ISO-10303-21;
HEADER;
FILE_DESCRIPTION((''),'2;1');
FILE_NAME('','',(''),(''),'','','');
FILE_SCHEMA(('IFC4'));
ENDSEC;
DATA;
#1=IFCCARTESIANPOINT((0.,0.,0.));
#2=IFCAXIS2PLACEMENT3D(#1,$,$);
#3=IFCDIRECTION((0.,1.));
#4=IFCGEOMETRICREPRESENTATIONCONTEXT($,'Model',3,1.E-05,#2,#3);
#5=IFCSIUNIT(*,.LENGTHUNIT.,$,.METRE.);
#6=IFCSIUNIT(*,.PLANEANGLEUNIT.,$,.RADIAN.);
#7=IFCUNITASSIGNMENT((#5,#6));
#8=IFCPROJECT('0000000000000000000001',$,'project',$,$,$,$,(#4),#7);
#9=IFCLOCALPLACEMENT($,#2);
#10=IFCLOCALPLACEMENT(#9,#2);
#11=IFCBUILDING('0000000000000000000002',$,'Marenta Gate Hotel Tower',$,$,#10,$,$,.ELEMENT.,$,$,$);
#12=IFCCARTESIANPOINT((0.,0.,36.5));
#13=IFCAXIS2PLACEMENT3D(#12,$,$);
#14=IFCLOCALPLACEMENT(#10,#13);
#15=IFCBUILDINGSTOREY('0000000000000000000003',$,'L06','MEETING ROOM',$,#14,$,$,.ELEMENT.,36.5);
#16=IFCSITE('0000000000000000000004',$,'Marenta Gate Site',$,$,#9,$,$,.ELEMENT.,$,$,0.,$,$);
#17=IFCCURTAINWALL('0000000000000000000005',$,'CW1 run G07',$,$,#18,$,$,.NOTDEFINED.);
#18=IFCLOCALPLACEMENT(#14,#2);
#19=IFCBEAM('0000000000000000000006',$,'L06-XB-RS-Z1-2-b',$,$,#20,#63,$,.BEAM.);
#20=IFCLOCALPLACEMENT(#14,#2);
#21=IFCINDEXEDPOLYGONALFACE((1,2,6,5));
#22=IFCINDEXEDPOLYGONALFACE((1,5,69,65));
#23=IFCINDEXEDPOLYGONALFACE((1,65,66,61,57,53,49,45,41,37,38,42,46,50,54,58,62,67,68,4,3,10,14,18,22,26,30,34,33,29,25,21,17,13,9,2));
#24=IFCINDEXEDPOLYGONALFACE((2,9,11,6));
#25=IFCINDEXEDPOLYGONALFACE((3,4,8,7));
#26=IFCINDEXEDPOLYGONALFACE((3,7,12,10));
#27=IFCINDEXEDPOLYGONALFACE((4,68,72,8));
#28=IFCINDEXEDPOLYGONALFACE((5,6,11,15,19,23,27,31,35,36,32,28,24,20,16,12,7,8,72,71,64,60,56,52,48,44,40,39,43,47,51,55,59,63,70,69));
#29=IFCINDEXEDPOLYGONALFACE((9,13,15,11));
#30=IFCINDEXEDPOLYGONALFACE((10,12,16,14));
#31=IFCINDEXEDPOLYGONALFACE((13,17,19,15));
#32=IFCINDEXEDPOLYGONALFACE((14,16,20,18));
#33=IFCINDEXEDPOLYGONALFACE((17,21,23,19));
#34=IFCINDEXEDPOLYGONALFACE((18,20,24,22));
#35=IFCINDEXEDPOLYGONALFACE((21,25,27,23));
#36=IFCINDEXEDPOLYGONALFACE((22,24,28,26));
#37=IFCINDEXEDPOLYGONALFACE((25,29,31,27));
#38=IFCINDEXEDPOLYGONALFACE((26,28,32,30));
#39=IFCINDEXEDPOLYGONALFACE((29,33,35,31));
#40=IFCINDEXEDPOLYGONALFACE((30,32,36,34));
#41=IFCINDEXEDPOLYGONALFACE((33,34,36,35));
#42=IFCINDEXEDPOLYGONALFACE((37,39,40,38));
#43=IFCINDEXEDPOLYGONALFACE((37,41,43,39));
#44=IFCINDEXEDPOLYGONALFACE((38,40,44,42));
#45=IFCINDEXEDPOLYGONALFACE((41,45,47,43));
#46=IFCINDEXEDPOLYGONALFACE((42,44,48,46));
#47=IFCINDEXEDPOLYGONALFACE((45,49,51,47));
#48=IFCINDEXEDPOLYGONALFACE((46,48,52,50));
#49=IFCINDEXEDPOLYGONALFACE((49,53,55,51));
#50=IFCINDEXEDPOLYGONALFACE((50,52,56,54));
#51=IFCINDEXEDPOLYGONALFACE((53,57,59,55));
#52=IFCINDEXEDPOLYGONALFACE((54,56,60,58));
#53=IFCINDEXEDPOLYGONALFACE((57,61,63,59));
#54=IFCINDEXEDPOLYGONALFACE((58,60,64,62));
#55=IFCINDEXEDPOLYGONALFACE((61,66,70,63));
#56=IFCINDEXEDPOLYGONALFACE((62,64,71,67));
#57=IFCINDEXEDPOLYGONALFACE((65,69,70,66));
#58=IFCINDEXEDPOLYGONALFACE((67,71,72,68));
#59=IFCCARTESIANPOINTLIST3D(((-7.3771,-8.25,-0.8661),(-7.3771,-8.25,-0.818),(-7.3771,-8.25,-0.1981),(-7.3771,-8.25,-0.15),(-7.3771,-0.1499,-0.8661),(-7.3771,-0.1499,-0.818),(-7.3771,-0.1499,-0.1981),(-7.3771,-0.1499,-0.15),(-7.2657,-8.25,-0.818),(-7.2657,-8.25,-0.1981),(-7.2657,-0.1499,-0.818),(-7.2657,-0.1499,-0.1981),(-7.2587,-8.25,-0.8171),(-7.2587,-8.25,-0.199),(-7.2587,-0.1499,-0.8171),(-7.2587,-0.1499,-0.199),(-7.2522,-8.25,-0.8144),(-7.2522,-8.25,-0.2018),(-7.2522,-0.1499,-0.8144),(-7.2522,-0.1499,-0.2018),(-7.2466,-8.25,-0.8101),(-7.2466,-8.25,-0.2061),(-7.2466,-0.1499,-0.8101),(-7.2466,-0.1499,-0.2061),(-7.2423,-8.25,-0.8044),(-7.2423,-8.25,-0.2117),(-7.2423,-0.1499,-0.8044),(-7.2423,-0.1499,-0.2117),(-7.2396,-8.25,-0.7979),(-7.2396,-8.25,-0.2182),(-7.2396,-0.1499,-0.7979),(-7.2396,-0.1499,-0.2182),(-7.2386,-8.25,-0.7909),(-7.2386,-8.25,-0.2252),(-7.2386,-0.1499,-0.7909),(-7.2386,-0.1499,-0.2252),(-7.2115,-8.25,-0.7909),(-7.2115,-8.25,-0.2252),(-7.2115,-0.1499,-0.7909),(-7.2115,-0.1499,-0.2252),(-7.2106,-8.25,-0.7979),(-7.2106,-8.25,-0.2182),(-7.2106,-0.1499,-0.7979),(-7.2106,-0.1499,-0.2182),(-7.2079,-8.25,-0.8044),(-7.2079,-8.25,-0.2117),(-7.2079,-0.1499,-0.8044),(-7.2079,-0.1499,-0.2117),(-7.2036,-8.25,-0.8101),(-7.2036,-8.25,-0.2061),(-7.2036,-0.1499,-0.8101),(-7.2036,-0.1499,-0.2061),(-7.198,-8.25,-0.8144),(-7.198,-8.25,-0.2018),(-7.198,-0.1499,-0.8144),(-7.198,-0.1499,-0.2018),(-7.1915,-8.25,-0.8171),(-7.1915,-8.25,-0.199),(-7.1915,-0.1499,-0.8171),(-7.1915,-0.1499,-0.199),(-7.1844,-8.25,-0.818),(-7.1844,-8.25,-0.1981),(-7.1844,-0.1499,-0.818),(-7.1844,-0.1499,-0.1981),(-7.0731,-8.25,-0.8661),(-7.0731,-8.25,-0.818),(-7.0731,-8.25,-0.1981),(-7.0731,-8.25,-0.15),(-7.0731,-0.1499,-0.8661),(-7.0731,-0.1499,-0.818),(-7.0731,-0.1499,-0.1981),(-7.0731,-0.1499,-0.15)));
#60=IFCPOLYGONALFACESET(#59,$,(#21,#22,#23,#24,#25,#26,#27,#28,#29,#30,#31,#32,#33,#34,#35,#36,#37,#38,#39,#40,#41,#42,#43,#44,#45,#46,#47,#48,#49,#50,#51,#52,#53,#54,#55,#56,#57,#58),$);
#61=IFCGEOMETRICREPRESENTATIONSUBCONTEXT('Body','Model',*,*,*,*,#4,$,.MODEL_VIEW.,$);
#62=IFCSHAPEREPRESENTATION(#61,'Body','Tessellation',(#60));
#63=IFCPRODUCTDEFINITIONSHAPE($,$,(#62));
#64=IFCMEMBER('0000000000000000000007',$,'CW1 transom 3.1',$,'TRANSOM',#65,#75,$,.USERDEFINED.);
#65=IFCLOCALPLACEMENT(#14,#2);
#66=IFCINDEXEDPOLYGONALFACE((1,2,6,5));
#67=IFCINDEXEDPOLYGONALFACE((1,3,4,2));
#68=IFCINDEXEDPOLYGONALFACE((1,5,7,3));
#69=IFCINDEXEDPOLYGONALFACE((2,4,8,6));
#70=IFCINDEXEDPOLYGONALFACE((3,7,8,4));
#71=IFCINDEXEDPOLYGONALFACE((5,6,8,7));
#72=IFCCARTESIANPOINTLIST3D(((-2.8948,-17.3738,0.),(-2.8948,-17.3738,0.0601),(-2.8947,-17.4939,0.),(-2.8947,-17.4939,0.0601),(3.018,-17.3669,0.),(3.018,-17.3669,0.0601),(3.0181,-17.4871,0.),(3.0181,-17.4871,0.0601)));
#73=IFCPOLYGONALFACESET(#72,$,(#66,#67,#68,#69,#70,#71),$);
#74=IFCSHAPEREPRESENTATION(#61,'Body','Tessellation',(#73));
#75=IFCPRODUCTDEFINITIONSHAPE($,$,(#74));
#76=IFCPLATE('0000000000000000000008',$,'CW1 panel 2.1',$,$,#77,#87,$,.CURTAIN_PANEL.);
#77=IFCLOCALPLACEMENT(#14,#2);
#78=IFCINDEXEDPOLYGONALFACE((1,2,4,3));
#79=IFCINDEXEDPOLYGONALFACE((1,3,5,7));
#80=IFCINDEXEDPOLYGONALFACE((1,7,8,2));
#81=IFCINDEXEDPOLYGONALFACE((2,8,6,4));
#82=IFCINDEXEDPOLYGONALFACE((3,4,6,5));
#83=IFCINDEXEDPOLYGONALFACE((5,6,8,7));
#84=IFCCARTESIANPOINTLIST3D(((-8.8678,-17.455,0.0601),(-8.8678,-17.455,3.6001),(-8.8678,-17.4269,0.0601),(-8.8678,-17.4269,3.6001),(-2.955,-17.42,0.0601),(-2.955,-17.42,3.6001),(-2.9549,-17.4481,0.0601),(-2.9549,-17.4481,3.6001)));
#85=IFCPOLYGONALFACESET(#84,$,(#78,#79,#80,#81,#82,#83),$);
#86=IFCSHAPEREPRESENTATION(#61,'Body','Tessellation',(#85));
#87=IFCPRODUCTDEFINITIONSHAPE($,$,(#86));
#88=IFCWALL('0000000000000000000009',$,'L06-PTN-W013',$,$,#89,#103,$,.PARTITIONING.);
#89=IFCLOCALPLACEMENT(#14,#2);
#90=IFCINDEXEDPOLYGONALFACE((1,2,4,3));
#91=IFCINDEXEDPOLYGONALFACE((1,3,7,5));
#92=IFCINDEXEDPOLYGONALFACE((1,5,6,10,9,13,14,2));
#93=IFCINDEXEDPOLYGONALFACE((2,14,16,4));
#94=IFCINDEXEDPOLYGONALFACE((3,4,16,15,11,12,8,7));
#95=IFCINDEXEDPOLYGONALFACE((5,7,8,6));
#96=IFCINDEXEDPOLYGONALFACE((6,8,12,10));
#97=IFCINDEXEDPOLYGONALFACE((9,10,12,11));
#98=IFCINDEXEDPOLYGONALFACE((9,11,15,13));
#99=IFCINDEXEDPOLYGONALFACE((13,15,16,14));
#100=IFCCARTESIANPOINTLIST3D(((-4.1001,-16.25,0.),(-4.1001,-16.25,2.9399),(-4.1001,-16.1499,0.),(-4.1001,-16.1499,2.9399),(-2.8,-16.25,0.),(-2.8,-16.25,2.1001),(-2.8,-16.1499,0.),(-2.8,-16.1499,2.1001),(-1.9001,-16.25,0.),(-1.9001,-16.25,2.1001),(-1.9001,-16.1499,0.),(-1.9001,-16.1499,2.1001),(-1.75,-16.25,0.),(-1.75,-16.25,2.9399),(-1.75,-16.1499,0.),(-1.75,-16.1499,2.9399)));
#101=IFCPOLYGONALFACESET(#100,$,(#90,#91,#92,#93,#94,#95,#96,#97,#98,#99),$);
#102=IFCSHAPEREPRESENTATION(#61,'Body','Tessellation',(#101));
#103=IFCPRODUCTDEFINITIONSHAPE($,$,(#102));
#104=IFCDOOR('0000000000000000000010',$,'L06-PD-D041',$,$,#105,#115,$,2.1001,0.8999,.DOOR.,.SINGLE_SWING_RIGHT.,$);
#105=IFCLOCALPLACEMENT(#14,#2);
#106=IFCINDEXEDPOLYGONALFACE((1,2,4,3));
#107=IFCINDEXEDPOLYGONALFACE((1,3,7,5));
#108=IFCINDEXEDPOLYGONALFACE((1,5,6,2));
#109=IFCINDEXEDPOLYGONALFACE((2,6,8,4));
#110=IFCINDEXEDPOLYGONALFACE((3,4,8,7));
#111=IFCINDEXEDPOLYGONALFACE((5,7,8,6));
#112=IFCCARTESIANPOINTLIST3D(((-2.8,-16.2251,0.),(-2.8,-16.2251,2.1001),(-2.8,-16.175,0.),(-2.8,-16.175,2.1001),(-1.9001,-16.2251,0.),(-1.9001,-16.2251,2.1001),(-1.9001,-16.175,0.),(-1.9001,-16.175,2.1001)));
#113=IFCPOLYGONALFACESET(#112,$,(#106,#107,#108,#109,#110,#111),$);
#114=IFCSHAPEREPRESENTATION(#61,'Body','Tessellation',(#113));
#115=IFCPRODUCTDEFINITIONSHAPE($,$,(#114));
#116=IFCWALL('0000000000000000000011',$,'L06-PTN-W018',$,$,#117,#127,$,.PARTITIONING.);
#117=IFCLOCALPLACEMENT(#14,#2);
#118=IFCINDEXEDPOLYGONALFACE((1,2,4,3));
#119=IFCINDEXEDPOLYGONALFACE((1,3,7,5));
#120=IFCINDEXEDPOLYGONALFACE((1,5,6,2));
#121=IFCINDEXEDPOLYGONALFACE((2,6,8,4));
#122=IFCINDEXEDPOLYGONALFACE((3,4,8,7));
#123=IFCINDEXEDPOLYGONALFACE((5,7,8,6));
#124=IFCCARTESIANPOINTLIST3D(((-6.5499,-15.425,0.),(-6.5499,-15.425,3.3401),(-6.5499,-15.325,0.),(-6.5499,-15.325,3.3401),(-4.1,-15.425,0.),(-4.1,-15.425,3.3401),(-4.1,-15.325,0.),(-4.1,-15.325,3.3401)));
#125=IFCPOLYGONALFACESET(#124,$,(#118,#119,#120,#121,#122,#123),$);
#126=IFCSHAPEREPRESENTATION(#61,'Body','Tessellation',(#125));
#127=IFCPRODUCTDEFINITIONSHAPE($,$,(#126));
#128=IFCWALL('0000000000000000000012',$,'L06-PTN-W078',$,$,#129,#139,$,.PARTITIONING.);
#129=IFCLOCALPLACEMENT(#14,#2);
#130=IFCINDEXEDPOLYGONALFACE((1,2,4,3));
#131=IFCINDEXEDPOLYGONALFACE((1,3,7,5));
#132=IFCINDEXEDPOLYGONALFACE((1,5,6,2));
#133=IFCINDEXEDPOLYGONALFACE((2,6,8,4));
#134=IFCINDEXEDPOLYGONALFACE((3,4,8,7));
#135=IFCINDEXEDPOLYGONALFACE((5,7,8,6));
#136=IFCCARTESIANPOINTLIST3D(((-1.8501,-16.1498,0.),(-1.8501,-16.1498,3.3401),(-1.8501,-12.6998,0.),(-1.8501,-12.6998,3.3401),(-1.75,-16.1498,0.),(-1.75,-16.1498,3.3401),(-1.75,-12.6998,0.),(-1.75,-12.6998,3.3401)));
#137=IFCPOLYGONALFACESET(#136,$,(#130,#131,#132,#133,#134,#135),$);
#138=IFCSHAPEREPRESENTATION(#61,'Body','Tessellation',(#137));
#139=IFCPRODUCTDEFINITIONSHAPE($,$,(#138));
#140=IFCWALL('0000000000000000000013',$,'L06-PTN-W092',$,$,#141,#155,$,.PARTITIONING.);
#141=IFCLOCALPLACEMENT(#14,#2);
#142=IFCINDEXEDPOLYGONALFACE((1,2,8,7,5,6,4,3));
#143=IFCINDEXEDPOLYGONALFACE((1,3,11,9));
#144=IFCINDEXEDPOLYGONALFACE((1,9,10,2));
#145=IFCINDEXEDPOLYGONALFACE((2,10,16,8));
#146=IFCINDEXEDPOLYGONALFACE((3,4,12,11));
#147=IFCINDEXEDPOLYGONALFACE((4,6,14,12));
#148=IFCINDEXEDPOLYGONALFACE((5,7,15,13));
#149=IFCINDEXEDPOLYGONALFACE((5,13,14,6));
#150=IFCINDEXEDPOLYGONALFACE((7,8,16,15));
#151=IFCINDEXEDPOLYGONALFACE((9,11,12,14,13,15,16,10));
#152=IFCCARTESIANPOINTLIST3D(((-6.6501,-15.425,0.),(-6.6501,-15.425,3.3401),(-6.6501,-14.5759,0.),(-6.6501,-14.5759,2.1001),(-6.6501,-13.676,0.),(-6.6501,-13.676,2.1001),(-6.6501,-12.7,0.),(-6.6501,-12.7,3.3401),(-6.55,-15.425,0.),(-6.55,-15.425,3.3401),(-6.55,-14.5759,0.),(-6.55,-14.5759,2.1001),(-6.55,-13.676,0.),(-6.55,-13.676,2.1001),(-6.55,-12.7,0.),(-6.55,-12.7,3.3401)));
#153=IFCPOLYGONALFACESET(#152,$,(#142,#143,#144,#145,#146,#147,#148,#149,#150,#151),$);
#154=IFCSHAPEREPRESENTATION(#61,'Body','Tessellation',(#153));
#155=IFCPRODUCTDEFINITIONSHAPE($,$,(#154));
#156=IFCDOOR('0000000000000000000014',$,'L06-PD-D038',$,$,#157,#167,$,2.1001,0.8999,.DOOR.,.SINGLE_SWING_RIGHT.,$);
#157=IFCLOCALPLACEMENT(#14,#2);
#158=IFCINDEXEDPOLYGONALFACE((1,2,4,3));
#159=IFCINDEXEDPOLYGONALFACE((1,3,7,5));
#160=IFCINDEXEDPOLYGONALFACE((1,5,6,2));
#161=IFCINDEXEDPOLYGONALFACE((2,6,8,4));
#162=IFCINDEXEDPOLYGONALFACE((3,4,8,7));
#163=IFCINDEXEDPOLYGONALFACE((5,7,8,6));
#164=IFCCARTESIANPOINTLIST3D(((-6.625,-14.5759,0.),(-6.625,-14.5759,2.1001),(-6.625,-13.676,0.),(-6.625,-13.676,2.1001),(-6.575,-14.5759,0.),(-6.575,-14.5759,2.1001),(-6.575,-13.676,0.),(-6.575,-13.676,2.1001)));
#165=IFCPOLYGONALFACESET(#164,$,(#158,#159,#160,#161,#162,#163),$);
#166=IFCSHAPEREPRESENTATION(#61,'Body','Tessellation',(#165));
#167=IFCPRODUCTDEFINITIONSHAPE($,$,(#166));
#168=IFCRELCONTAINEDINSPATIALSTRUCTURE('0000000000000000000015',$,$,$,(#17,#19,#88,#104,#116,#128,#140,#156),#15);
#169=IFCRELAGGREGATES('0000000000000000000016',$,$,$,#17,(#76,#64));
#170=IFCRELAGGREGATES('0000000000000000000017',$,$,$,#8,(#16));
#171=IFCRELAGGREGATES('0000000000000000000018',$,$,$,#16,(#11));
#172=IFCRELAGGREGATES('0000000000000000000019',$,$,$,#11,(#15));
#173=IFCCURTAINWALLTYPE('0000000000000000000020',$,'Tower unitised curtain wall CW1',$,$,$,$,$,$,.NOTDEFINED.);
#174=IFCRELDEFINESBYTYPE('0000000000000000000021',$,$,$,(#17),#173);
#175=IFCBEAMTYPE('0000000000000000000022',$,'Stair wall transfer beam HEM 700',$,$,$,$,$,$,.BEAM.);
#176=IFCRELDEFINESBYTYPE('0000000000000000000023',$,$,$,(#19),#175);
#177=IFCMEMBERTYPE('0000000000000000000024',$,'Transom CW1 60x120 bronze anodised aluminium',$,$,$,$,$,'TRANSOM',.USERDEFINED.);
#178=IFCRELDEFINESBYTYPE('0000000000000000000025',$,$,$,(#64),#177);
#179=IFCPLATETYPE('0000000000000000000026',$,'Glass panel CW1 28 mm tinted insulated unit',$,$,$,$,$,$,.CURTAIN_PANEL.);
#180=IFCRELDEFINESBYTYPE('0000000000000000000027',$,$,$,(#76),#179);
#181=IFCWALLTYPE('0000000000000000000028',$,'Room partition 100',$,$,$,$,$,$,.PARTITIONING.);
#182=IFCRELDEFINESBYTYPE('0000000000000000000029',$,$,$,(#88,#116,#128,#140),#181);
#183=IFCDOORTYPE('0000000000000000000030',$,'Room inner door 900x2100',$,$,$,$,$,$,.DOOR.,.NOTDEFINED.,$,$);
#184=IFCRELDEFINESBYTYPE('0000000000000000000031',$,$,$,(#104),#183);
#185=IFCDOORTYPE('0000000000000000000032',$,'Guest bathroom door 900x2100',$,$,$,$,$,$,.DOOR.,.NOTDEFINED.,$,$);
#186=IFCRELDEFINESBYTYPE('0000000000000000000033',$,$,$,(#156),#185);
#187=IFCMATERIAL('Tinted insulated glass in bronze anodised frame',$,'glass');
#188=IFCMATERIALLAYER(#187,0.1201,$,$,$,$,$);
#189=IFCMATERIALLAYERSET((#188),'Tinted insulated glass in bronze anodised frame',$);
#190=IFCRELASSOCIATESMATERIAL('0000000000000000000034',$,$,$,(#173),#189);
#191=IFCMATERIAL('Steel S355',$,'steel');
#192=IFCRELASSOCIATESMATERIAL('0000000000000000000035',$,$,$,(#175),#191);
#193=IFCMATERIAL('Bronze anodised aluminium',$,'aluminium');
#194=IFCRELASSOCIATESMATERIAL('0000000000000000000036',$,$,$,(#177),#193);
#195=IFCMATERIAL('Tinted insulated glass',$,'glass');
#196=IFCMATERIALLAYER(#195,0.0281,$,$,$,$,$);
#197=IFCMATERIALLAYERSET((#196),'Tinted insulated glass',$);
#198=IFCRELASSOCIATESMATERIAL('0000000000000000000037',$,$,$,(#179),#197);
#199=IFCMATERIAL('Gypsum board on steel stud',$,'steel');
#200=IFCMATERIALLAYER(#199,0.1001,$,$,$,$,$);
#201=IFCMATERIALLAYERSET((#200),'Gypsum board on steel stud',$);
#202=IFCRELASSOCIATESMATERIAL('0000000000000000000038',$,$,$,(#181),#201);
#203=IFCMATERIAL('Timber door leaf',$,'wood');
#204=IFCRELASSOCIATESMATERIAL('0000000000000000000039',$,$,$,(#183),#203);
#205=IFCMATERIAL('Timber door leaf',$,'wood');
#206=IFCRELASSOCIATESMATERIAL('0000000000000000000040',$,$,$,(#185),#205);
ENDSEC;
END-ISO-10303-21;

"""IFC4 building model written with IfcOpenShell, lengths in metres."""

from ifc_helpers import new_model, si_unit, direction, frame, frame_2d, origin, origin_2d, place, context, subcontext, project, spatial, rectangle, i_section, extrude, material, layer, layer_set, material_profile, profile_set, type_object, element, fill, aggregate, save


model = new_model("IFC4")

# Units and contexts
model_context = context("Model", 3, precision=1e-05, world=origin(), true_north=direction((0.0, 1.0)))
body_context = subcontext(model_context, "Body", "Model", "MODEL_VIEW")
ifc_project = project(units=[si_unit("LENGTHUNIT", "METRE"), si_unit("PLANEANGLEUNIT", "RADIAN")], contexts=[model_context])

# Site, building, storey
site_placement = place(None, origin())
site = spatial("IfcSite", under=ifc_project, at=site_placement, Name="Marenta Gate Site", CompositionType="ELEMENT", RefElevation=0.0)
building_placement = place(site_placement, origin())
building = spatial("IfcBuilding", under=site, at=building_placement, Name="Marenta Gate Hotel Tower", CompositionType="ELEMENT")
storey_placement = place(building_placement, frame((0.0, 0.0, 36.5)))
storey = spatial("IfcBuildingStorey", under=building, at=storey_placement, Name="L06", Description="MEETING ROOM", CompositionType="ELEMENT", Elevation=36.5)

# Curtain wall
ifc_material_1 = material(Name="Tinted insulated glass in bronze anodised frame", Category="glass")
ifc_layer_1 = layer(ifc_material_1, 0.1201)
ifc_layer_set_1 = layer_set([ifc_layer_1], Name="Tinted insulated glass in bronze anodised frame")
curtain_wall_type = type_object("IfcCurtainWallType", Name="Tower unitised curtain wall CW1", PredefinedType="NOTDEFINED", material=ifc_layer_set_1)
curtain_wall_placement = place(storey_placement, origin())
curtain_wall = element("IfcCurtainWall", 1, at=curtain_wall_placement, inside=storey, type_object=curtain_wall_type, Name="CW1 run G07", PredefinedType="NOTDEFINED")

# Beam
ifc_material_2 = material(Name="Steel S355", Category="steel")
ifc_material_profile_1 = material_profile(ifc_material_2, i_section(OverallWidth=0.304, OverallDepth=0.7161, WebThickness=0.0271, FlangeThickness=0.0481, FilletRadius=0.0271, at=origin_2d()), Name="HEM 700")
ifc_profile_set_1 = profile_set([ifc_material_profile_1], Name="Steel S355")
beam_type_1 = type_object("IfcBeamType", Name="Stair wall transfer beam HEM 700", PredefinedType="BEAM", material=ifc_profile_set_1)
beam_1_placement = place(storey_placement, frame((-7.2251, -8.25, -0.5081), z_axis=(0.0, 1.0, 0.0), x_axis=(-1.0, 0.0, 0.0)))
element("IfcBeam", 2, at=beam_1_placement, inside=storey, type_object=beam_type_1, Name="L06-XB-RS-Z1-2-b", PredefinedType="BEAM", context=body_context, shape_type="SweptSolid", body=[
    extrude(i_section(OverallWidth=0.304, OverallDepth=0.7161, WebThickness=0.0271, FlangeThickness=0.0481, FilletRadius=0.0271, at=origin_2d()), origin(), (0.0, 0.0, 1.0), 8.1001),
])

# Member
ifc_material_3 = material(Name="Bronze anodised aluminium", Category="aluminium")
ifc_material_profile_2 = material_profile(ifc_material_3, rectangle(XDim=0.1201, YDim=0.0601, at=origin_2d()), Name="Transom CW1 60x120 bronze anodised aluminium")
ifc_profile_set_2 = profile_set([ifc_material_profile_2], Name="Bronze anodised aluminium")
member_type_1 = type_object("IfcMemberType", Name="Transom CW1 60x120 bronze anodised aluminium", ElementType="TRANSOM", PredefinedType="USERDEFINED", material=ifc_profile_set_2)
member_1_placement = place(storey_placement, frame((-2.8948, -17.4338, 0.03), z_axis=(0.999999, 0.001156, 0.0), x_axis=(-0.001156, 0.999999, 0.0)))
member_1 = element("IfcMember", 3, at=member_1_placement, type_object=member_type_1, Name="CW1 transom 3.1", ObjectType="TRANSOM", PredefinedType="USERDEFINED", context=body_context, shape_type="SweptSolid", body=[
    extrude(rectangle(XDim=0.1201, YDim=0.0601, at=origin_2d()), origin(), (0.0, 0.0, 1.0), 5.9128),
])

# Plate
ifc_material_4 = material(Name="Tinted insulated glass", Category="glass")
ifc_layer_2 = layer(ifc_material_4, 0.0281)
ifc_layer_set_2 = layer_set([ifc_layer_2], Name="Tinted insulated glass")
plate_type = type_object("IfcPlateType", Name="Glass panel CW1 28 mm tinted insulated unit", PredefinedType="CURTAIN_PANEL", material=ifc_layer_set_2)
plate_placement = place(storey_placement, frame((-5.9114, -17.4375, 0.0601), z_axis=(0.0, 0.0, 1.0), x_axis=(0.999999, 0.001162, 0.0)))
plate = element("IfcPlate", 4, at=plate_placement, type_object=plate_type, Name="CW1 panel 2.1", PredefinedType="CURTAIN_PANEL", context=body_context, shape_type="SweptSolid", body=[
    extrude(rectangle(XDim=5.9128, YDim=0.0281, at=origin_2d()), origin(), (0.0, 0.0, 1.0), 3.54),
])
aggregate(curtain_wall, [plate, member_1])

# Wall, opening, door
ifc_material_5 = material(Name="Gypsum board on steel stud", Category="steel")
ifc_layer_3 = layer(ifc_material_5, 0.1001)
ifc_layer_set_3 = layer_set([ifc_layer_3], Name="Gypsum board on steel stud")
wall_type_1 = type_object("IfcWallType", Name="Room partition 100", PredefinedType="PARTITIONING", material=ifc_layer_set_3)
wall_1_placement = place(storey_placement, frame((-4.1001, -16.2, 0.0), z_axis=(0.0, 0.0, 1.0), x_axis=(1.0, 0.0, 0.0)))
wall_1 = element("IfcWall", 5, at=wall_1_placement, inside=storey, type_object=wall_type_1, Name="L06-PTN-W013", PredefinedType="PARTITIONING", context=body_context, shape_type="SweptSolid", body=[
    extrude(rectangle(XDim=2.3501, YDim=0.1001, at=frame_2d((1.175, 0.0))), origin(), (0.0, 0.0, 1.0), 2.9399),
])
opening_1_placement = place(wall_1_placement, frame((1.3, 0.0, 0.0)))
opening_1 = element("IfcOpeningElement", 6, at=opening_1_placement, cuts=wall_1, PredefinedType="OPENING", context=body_context, shape_type="SweptSolid", body=[
    extrude(rectangle(XDim=0.8999, YDim=2.1001, at=frame_2d((0.45, 1.05))), frame((0.0, 0.05, 0.0), z_axis=(0.0, -1.0, 0.0), x_axis=(1.0, 0.0, 0.0)), (0.0, 0.0, 1.0), 0.1001),
])
ifc_material_6 = material(Name="Timber door leaf", Category="wood")
door_type_1 = type_object("IfcDoorType", Name="Room inner door 900x2100", OperationType="NOTDEFINED", PredefinedType="DOOR", material=ifc_material_6)
door_1_placement = place(opening_1_placement, origin())
door_1 = element("IfcDoor", 7, at=door_1_placement, inside=storey, type_object=door_type_1, Name="L06-PD-D041", OperationType="SINGLE_SWING_RIGHT", OverallHeight=2.1001, OverallWidth=0.8999, PredefinedType="DOOR", context=body_context, shape_type="SweptSolid", body=[
    extrude(rectangle(XDim=0.8999, YDim=2.1001, at=frame_2d((0.45, 1.05))), frame((0.0, 0.0249, 0.0), z_axis=(0.0, -1.0, 0.0), x_axis=(1.0, 0.0, 0.0)), (0.0, 0.0, 1.0), 0.05),
])
fill(opening_1, door_1)

# Walls
wall_2_placement = place(storey_placement, frame((-6.55, -15.375, 0.0), z_axis=(0.0, 0.0, 1.0), x_axis=(1.0, 0.0, 0.0)))
element("IfcWall", 8, at=wall_2_placement, inside=storey, type_object=wall_type_1, Name="L06-PTN-W018", PredefinedType="PARTITIONING", context=body_context, shape_type="SweptSolid", body=[
    extrude(rectangle(XDim=2.45, YDim=0.1001, at=frame_2d((1.2251, 0.0))), origin(), (0.0, 0.0, 1.0), 3.3401),
])
wall_3_placement = place(storey_placement, frame((-1.8, -16.1499, 0.0), z_axis=(0.0, 0.0, 1.0), x_axis=(0.0, 1.0, 0.0)))
element("IfcWall", 9, at=wall_3_placement, inside=storey, type_object=wall_type_1, Name="L06-PTN-W078", PredefinedType="PARTITIONING", context=body_context, shape_type="SweptSolid", body=[
    extrude(rectangle(XDim=3.45, YDim=0.1001, at=frame_2d((1.7251, 0.0))), origin(), (0.0, 0.0, 1.0), 3.3401),
])

# Wall, opening, door
wall_4_placement = place(storey_placement, frame((-6.6001, -15.425, 0.0), z_axis=(0.0, 0.0, 1.0), x_axis=(0.0, 1.0, 0.0)))
wall_4 = element("IfcWall", 10, at=wall_4_placement, inside=storey, type_object=wall_type_1, Name="L06-PTN-W092", PredefinedType="PARTITIONING", context=body_context, shape_type="SweptSolid", body=[
    extrude(rectangle(XDim=2.7251, YDim=0.1001, at=frame_2d((1.3625, 0.0))), origin(), (0.0, 0.0, 1.0), 3.3401),
])
opening_2_placement = place(wall_4_placement, frame((0.8491, 0.0, 0.0)))
opening_2 = element("IfcOpeningElement", 11, at=opening_2_placement, cuts=wall_4, PredefinedType="OPENING", context=body_context, shape_type="SweptSolid", body=[
    extrude(rectangle(XDim=0.8999, YDim=2.1001, at=frame_2d((0.45, 1.05))), frame((0.0, 0.05, 0.0), z_axis=(0.0, -1.0, 0.0), x_axis=(1.0, 0.0, 0.0)), (0.0, 0.0, 1.0), 0.1001),
])
ifc_material_7 = material(Name="Timber door leaf", Category="wood")
door_type_2 = type_object("IfcDoorType", Name="Guest bathroom door 900x2100", OperationType="NOTDEFINED", PredefinedType="DOOR", material=ifc_material_7)
door_2_placement = place(opening_2_placement, origin())
door_2 = element("IfcDoor", 12, at=door_2_placement, inside=storey, type_object=door_type_2, Name="L06-PD-D038", OperationType="SINGLE_SWING_RIGHT", OverallHeight=2.1001, OverallWidth=0.8999, PredefinedType="DOOR", context=body_context, shape_type="SweptSolid", body=[
    extrude(rectangle(XDim=0.8999, YDim=2.1001, at=frame_2d((0.45, 1.05))), frame((0.0, 0.0249, 0.0), z_axis=(0.0, -1.0, 0.0), x_axis=(1.0, 0.0, 0.0)), (0.0, 0.0, 1.0), 0.05),
])
fill(opening_2, door_2)

save(model, "model.ifc")
